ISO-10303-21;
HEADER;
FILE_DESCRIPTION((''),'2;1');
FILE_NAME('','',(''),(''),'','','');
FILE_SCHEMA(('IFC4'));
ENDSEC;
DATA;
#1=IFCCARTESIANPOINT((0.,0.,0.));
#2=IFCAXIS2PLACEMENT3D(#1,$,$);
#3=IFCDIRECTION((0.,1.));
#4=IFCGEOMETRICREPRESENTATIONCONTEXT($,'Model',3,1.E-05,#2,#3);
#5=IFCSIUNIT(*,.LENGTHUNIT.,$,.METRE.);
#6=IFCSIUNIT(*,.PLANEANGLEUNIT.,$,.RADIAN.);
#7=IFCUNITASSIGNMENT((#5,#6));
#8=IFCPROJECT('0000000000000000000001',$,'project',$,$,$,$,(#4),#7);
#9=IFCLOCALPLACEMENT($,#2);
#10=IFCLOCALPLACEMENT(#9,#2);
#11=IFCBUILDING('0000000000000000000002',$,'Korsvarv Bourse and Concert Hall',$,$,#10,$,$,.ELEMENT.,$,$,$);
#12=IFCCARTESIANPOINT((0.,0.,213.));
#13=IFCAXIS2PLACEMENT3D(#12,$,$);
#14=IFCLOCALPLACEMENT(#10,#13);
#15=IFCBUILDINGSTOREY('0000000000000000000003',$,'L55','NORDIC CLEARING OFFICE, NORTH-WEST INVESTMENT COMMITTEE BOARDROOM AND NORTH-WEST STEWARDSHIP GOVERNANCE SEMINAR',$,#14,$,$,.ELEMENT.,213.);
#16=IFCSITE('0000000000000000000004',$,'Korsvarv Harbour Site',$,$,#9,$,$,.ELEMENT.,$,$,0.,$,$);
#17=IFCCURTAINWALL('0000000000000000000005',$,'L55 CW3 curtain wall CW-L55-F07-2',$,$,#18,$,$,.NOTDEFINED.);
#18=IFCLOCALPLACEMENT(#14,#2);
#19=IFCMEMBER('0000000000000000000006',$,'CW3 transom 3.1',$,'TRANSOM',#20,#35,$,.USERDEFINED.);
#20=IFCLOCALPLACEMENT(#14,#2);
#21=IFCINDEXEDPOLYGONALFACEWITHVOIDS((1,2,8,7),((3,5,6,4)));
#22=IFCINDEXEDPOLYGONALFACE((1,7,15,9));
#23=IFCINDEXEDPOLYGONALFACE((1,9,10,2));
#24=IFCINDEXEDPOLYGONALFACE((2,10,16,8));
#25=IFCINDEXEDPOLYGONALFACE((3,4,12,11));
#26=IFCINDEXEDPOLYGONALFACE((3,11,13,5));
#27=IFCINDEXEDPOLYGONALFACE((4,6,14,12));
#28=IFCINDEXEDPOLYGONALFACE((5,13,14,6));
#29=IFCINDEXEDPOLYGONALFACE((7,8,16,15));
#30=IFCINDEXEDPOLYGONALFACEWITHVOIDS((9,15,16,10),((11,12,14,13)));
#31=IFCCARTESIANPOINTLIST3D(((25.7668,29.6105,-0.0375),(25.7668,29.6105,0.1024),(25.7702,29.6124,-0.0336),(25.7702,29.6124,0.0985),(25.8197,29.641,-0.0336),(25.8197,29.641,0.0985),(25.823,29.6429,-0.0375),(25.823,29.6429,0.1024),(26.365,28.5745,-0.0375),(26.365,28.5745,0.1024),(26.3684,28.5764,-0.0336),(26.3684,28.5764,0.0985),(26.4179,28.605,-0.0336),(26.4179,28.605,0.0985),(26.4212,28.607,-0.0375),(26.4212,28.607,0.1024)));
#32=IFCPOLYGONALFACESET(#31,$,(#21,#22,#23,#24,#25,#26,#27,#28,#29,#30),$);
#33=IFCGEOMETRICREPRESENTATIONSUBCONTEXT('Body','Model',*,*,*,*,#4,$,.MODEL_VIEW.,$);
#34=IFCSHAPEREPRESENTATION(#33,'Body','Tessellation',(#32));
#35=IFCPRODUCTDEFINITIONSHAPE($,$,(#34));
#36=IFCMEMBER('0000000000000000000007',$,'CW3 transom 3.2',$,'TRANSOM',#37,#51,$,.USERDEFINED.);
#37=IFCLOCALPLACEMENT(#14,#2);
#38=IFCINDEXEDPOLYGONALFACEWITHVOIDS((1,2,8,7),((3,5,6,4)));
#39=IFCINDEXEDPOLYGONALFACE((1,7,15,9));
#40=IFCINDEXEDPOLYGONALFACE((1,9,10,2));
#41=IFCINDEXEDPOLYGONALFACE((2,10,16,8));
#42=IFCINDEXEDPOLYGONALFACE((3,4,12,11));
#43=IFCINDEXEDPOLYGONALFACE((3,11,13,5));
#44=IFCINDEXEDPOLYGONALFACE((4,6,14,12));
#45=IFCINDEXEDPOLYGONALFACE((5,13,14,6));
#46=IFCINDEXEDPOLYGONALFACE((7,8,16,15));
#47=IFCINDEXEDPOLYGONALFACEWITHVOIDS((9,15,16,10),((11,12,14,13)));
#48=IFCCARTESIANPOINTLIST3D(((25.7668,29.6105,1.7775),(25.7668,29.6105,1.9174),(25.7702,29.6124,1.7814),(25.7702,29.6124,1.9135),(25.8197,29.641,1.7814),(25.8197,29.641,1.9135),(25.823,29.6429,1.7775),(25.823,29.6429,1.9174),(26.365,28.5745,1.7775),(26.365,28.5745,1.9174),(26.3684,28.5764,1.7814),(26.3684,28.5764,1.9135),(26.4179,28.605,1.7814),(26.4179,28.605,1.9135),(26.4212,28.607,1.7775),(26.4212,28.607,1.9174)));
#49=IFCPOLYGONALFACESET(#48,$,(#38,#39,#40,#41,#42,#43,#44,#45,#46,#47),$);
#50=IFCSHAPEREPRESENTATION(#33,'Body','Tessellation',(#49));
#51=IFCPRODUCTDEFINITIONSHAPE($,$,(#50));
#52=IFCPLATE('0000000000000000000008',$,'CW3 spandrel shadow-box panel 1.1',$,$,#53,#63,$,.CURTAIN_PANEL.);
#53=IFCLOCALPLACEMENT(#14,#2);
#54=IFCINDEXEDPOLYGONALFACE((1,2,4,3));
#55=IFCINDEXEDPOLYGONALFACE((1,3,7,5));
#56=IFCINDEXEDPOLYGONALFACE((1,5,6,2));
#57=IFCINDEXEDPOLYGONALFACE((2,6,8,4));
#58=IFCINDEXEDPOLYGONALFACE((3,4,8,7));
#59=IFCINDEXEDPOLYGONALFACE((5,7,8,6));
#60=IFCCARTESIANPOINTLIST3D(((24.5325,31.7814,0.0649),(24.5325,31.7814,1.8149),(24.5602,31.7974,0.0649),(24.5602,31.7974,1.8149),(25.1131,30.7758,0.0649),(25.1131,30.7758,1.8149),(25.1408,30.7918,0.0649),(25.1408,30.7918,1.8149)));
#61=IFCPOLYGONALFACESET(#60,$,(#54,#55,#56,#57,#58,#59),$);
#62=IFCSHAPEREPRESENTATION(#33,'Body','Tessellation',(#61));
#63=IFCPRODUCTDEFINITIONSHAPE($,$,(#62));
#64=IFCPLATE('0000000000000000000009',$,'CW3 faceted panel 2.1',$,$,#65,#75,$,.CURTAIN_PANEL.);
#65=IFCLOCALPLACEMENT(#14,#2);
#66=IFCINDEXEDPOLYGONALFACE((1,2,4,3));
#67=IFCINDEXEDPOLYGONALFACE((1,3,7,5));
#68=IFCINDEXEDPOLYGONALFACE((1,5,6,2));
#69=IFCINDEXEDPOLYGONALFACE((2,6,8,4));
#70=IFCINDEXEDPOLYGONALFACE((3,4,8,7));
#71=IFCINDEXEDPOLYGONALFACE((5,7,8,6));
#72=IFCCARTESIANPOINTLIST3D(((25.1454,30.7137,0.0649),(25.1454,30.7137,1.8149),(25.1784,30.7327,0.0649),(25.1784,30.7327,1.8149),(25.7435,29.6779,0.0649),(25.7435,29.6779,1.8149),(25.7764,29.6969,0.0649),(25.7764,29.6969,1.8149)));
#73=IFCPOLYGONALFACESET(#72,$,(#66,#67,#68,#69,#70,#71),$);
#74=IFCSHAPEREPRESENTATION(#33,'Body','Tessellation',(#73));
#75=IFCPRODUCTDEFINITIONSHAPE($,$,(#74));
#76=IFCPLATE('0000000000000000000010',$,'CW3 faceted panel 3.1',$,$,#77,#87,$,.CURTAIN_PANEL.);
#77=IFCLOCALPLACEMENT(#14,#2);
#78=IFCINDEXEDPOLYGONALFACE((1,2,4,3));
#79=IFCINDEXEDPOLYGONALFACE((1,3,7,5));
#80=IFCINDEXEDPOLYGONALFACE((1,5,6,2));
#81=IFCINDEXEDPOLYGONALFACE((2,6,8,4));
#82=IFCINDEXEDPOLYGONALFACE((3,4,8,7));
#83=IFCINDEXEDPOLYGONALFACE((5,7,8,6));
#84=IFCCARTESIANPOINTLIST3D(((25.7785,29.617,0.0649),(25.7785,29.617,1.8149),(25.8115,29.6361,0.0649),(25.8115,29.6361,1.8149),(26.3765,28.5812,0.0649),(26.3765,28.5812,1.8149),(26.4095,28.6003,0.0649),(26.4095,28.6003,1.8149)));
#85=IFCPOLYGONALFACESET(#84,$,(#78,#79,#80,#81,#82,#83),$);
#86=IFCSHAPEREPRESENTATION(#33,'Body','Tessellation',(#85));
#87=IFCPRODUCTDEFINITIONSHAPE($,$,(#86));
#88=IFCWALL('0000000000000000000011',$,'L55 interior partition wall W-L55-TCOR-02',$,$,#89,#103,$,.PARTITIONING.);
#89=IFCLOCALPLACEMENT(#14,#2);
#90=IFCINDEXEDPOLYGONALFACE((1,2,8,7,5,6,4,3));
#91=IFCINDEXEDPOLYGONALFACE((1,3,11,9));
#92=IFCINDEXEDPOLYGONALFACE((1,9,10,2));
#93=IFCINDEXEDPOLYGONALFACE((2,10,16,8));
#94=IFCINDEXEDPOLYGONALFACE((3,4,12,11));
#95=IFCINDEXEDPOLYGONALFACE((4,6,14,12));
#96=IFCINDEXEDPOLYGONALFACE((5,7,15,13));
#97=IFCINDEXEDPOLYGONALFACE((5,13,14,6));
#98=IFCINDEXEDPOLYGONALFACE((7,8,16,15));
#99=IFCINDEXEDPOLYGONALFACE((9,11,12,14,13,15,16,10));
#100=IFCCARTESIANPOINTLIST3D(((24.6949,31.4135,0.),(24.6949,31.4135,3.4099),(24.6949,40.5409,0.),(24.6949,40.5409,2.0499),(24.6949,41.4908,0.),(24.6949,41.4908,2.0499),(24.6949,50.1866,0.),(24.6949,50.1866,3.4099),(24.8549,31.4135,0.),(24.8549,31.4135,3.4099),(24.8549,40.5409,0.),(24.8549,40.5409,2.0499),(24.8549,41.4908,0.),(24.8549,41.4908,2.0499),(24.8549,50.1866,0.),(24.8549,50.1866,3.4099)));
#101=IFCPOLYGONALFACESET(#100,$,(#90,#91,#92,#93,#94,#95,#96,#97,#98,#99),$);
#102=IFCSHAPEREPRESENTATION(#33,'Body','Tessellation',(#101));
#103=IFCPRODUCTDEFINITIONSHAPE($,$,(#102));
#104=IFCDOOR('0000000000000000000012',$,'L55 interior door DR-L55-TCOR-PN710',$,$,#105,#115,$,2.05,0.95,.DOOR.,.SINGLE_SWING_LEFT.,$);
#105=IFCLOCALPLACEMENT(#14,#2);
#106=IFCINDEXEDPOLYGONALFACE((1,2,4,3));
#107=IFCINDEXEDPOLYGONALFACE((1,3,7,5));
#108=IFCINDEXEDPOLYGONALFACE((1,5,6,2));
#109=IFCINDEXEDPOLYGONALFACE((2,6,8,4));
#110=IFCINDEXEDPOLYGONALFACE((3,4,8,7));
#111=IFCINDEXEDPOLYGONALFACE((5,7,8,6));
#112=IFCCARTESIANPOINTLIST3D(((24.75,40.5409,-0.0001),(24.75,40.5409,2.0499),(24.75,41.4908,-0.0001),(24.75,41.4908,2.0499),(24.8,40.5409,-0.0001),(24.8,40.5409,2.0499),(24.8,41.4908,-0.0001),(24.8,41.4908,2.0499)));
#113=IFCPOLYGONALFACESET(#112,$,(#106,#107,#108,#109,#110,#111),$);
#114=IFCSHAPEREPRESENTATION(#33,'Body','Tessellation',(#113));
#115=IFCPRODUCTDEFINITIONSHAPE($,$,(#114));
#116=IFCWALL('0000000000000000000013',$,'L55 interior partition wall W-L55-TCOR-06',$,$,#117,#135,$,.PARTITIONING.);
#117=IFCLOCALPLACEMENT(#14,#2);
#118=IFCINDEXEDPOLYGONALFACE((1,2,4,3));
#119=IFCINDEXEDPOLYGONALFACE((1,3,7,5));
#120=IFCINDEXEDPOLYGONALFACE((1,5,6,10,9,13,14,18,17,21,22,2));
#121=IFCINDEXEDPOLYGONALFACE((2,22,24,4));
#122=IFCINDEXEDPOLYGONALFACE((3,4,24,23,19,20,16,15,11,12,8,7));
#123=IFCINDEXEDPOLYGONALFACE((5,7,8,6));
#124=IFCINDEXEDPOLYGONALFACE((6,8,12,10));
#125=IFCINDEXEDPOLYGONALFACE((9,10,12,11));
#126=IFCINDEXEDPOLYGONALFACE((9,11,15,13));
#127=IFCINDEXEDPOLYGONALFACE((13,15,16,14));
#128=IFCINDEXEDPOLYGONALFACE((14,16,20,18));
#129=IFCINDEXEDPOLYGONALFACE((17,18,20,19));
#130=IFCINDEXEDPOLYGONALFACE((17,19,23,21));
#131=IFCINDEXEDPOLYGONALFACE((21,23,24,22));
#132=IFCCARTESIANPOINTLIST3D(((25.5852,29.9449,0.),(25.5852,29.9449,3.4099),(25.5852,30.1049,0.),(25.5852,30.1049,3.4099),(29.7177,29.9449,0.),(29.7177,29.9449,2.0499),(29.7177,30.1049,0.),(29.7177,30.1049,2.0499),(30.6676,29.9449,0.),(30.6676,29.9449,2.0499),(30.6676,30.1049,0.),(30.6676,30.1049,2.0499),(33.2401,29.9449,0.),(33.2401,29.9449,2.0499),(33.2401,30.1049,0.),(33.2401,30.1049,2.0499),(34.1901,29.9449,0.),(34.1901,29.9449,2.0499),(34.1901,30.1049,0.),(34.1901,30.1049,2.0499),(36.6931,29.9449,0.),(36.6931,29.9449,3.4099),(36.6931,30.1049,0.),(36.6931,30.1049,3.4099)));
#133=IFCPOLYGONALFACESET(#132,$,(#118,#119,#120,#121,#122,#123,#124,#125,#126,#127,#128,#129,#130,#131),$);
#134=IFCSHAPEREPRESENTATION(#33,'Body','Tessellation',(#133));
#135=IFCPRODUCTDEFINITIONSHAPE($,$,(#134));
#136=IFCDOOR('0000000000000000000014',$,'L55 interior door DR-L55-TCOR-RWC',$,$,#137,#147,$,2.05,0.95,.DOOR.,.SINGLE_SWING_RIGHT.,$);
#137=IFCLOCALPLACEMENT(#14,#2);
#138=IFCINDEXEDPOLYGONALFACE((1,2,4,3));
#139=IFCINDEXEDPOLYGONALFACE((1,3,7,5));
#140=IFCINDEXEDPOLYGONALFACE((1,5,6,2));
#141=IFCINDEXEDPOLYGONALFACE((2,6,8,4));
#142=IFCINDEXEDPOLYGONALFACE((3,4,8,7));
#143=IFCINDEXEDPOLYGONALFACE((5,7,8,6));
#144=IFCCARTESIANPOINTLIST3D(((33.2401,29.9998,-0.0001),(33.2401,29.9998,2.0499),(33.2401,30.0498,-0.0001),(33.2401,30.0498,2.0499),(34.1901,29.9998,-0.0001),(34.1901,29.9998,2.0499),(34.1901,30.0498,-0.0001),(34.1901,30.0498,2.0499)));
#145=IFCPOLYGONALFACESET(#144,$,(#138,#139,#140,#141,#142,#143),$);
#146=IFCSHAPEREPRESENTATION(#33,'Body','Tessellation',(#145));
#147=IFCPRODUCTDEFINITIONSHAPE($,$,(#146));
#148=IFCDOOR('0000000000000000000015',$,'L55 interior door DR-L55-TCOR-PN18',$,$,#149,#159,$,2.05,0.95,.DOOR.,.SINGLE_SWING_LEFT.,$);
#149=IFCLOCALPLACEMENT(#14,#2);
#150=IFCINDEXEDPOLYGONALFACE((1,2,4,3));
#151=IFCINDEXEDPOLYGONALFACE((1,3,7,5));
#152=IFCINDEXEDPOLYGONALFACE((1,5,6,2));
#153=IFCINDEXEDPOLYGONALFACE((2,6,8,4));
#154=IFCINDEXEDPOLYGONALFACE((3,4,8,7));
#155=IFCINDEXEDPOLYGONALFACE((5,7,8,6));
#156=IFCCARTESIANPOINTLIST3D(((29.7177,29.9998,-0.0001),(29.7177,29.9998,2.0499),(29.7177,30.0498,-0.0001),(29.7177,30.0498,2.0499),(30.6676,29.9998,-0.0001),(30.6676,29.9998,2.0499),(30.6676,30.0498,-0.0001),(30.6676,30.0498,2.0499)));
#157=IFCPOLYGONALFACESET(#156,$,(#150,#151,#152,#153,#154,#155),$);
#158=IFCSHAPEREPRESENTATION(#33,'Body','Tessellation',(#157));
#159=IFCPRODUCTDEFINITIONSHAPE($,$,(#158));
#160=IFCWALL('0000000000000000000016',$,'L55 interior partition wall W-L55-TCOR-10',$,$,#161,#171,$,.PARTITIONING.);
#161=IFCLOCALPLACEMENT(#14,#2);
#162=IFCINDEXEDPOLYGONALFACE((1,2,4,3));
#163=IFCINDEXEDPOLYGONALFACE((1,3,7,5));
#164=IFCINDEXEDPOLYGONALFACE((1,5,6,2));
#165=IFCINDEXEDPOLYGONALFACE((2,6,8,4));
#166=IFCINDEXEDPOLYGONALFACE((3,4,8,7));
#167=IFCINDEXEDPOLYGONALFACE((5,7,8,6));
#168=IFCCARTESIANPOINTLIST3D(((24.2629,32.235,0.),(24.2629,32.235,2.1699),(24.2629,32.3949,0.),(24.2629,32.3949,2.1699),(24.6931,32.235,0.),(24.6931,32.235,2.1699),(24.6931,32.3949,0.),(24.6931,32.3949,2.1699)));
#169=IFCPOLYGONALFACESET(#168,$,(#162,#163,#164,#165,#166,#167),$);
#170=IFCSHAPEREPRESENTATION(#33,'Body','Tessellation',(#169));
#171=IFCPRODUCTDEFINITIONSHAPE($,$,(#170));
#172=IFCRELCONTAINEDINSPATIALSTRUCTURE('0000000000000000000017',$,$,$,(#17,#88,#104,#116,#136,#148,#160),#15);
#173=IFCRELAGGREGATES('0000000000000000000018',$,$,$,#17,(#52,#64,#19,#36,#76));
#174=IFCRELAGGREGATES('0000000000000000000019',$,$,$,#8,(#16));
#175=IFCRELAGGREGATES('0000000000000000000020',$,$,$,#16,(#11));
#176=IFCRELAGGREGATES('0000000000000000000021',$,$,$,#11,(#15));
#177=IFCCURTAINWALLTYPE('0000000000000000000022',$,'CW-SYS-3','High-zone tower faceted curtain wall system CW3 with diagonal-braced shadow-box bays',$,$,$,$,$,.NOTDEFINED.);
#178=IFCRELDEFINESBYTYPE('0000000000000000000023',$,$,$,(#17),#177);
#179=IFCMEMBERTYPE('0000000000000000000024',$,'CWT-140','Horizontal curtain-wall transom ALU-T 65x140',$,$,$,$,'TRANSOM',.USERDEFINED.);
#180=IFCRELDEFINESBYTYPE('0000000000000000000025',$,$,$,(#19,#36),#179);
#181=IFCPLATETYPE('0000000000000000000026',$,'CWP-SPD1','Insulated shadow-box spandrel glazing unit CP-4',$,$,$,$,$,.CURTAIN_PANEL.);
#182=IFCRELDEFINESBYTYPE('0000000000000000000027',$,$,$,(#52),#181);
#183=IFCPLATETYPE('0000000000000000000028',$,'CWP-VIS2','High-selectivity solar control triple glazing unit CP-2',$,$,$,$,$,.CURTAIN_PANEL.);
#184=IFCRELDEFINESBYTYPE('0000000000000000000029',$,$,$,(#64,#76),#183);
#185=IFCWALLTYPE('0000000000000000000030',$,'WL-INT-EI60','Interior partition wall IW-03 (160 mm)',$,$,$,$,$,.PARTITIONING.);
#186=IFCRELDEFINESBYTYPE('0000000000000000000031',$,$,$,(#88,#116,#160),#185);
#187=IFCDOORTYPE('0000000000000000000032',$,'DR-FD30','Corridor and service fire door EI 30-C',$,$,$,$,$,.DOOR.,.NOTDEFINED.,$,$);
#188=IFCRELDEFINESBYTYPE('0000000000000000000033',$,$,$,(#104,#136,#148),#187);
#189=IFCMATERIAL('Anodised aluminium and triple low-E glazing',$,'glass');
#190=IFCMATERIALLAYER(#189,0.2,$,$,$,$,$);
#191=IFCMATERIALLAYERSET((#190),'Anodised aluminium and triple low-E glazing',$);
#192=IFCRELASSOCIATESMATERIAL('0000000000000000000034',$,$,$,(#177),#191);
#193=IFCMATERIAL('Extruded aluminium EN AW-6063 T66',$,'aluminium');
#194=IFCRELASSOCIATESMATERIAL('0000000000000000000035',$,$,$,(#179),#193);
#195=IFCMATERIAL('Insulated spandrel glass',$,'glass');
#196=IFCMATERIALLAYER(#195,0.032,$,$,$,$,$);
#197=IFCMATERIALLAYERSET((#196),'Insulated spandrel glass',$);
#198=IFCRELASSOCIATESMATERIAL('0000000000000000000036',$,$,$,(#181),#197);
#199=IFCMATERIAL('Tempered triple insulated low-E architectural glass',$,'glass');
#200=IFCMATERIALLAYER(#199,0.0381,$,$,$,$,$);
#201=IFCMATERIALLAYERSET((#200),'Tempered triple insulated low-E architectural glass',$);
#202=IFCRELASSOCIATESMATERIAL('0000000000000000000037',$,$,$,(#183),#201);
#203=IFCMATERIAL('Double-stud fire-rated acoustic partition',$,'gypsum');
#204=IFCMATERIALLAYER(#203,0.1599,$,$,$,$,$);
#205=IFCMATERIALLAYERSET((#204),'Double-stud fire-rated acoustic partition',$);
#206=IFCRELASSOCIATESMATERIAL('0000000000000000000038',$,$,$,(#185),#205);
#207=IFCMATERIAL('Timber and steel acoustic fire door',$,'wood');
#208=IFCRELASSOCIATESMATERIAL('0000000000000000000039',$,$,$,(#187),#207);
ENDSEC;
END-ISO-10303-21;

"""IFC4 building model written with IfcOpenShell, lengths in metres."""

from ifc_helpers import new_model, si_unit, direction, frame, frame_2d, origin, origin_2d, place, context, subcontext, project, spatial, rectangle, hollow_rectangle, extrude, source, transform, mapped, material, layer, layer_set, material_profile, profile_set, type_object, element, fill, aggregate, save


model = new_model("IFC4")

# Units and contexts
model_context = context("Model", 3, precision=1e-05, world=origin(), true_north=direction((0.0, 1.0)))
body_context = subcontext(model_context, "Body", "Model", "MODEL_VIEW")
ifc_project = project(units=[si_unit("LENGTHUNIT", "METRE"), si_unit("PLANEANGLEUNIT", "RADIAN")], contexts=[model_context])

# Site, building, storey
site_placement = place(None, origin())
site = spatial("IfcSite", under=ifc_project, at=site_placement, Name="Korsvarv Harbour Site", CompositionType="ELEMENT", RefElevation=0.0)
building_placement = place(site_placement, origin())
building = spatial("IfcBuilding", under=site, at=building_placement, Name="Korsvarv Bourse and Concert Hall", CompositionType="ELEMENT")
storey_placement = place(building_placement, frame((0.0, 0.0, 213.0)))
storey = spatial("IfcBuildingStorey", under=building, at=storey_placement, Name="L55", Description="NORDIC CLEARING OFFICE, NORTH-WEST INVESTMENT COMMITTEE BOARDROOM AND NORTH-WEST STEWARDSHIP GOVERNANCE SEMINAR", CompositionType="ELEMENT", Elevation=213.0)

# Curtain wall, members, plates
ifc_material_1 = material(Name="Anodised aluminium and triple low-E glazing", Category="glass")
ifc_layer_1 = layer(ifc_material_1, 0.2)
ifc_layer_set_1 = layer_set([ifc_layer_1], Name="Anodised aluminium and triple low-E glazing")
curtain_wall_type = type_object("IfcCurtainWallType", Name="CW-SYS-3", Description="High-zone tower faceted curtain wall system CW3 with diagonal-braced shadow-box bays", PredefinedType="NOTDEFINED", material=ifc_layer_set_1)
curtain_wall_placement = place(storey_placement, origin())
curtain_wall = element("IfcCurtainWall", 1, at=curtain_wall_placement, inside=storey, type_object=curtain_wall_type, Name="L55 CW3 curtain wall CW-L55-F07-2", PredefinedType="NOTDEFINED")
ifc_material_2 = material(Name="Extruded aluminium EN AW-6063 T66", Category="aluminium")
ifc_material_profile_1 = material_profile(ifc_material_2, hollow_rectangle(XDim=0.0649, YDim=0.1399, WallThickness=0.0039, at=origin_2d()), Name="ALU-T 65x140")
ifc_profile_set_1 = profile_set([ifc_material_profile_1], Name="Extruded aluminium EN AW-6063 T66")
member_type_1 = type_object("IfcMemberType", Name="CWT-140", Description="Horizontal curtain-wall transom ALU-T 65x140", ElementType="TRANSOM", PredefinedType="USERDEFINED", material=ifc_profile_set_1)
shared_shape_1 = source(origin(), body_context, "Body", "SweptSolid", [
    extrude(hollow_rectangle(XDim=0.0649, YDim=0.1399, WallThickness=0.0039, at=origin_2d()), origin(), (0.0, 0.0, 1.0), 1.1963),
])
member_1_placement = place(storey_placement, frame((25.7949, 29.6267, 0.0325), z_axis=(0.500046, -0.865999, 0.0), x_axis=(0.865999, 0.500046, 0.0)))
member_1 = element("IfcMember", 2, at=member_1_placement, type_object=member_type_1, Name="CW3 transom 3.1", ObjectType="TRANSOM", PredefinedType="USERDEFINED", context=body_context, shape_type="MappedRepresentation", body=[
    mapped(shared_shape_1, transform((0.0, 0.0, 0.0), scale=1.0)),
])
member_2_placement = place(storey_placement, frame((25.7949, 29.6267, 1.8474), z_axis=(0.500046, -0.865999, 0.0), x_axis=(0.865999, 0.500046, 0.0)))
member_2 = element("IfcMember", 3, at=member_2_placement, type_object=member_type_1, Name="CW3 transom 3.2", ObjectType="TRANSOM", PredefinedType="USERDEFINED", context=body_context, shape_type="MappedRepresentation", body=[
    mapped(shared_shape_1, transform((0.0, 0.0, 0.0), scale=1.0)),
])
ifc_material_3 = material(Name="Insulated spandrel glass", Category="glass")
ifc_layer_2 = layer(ifc_material_3, 0.032)
ifc_layer_set_2 = layer_set([ifc_layer_2], Name="Insulated spandrel glass")
plate_type_1 = type_object("IfcPlateType", Name="CWP-SPD1", Description="Insulated shadow-box spandrel glazing unit CP-4", PredefinedType="CURTAIN_PANEL", material=ifc_layer_set_2)
shared_shape_2 = source(origin(), body_context, "Body", "SweptSolid", [
    extrude(rectangle(XDim=1.1611, YDim=0.032, at=origin_2d()), origin(), (0.0, 0.0, 1.0), 1.75),
])
plate_1_placement = place(storey_placement, frame((24.8367, 31.2866, 0.0649), z_axis=(0.0, 0.0, 1.0), x_axis=(0.499999, -0.866026, 0.0)))
plate_1 = element("IfcPlate", 4, at=plate_1_placement, type_object=plate_type_1, Name="CW3 spandrel shadow-box panel 1.1", PredefinedType="CURTAIN_PANEL", context=body_context, shape_type="MappedRepresentation", body=[
    mapped(shared_shape_2, transform((0.0, 0.0, 0.0), scale=1.0)),
])
ifc_material_4 = material(Name="Tempered triple insulated low-E architectural glass", Category="glass")
ifc_layer_3 = layer(ifc_material_4, 0.0381)
ifc_layer_set_3 = layer_set([ifc_layer_3], Name="Tempered triple insulated low-E architectural glass")
plate_type_2 = type_object("IfcPlateType", Name="CWP-VIS2", Description="High-selectivity solar control triple glazing unit CP-2", PredefinedType="CURTAIN_PANEL", material=ifc_layer_set_3)
shared_shape_3 = source(origin(), body_context, "Body", "SweptSolid", [
    extrude(rectangle(XDim=1.196, YDim=0.0381, at=origin_2d()), origin(), (0.0, 0.0, 1.0), 1.75),
])
plate_2_placement = place(storey_placement, frame((25.4609, 30.2053, 0.0649), z_axis=(0.0, 0.0, 1.0), x_axis=(0.499999, -0.866026, 0.0)))
plate_2 = element("IfcPlate", 5, at=plate_2_placement, type_object=plate_type_2, Name="CW3 faceted panel 2.1", PredefinedType="CURTAIN_PANEL", context=body_context, shape_type="MappedRepresentation", body=[
    mapped(shared_shape_3, transform((0.0, 0.0, 0.0), scale=1.0)),
])
plate_3_placement = place(storey_placement, frame((26.094, 29.1086, 0.0649), z_axis=(0.0, 0.0, 1.0), x_axis=(0.499999, -0.866026, 0.0)))
plate_3 = element("IfcPlate", 6, at=plate_3_placement, type_object=plate_type_2, Name="CW3 faceted panel 3.1", PredefinedType="CURTAIN_PANEL", context=body_context, shape_type="MappedRepresentation", body=[
    mapped(shared_shape_3, transform((0.0, 0.0, 0.0), scale=1.0)),
])
aggregate(curtain_wall, [plate_1, plate_2, member_1, member_2, plate_3])

# Wall, opening, door
ifc_material_5 = material(Name="Double-stud fire-rated acoustic partition", Category="gypsum")
ifc_layer_4 = layer(ifc_material_5, 0.1599)
ifc_layer_set_4 = layer_set([ifc_layer_4], Name="Double-stud fire-rated acoustic partition")
wall_type = type_object("IfcWallType", Name="WL-INT-EI60", Description="Interior partition wall IW-03 (160 mm)", PredefinedType="PARTITIONING", material=ifc_layer_set_4)
wall_1_placement = place(storey_placement, frame((24.7749, 31.4133, 0.0), z_axis=(0.0, 0.0, 1.0), x_axis=(0.0, 1.0, 0.0)))
wall_1 = element("IfcWall", 7, at=wall_1_placement, inside=storey, type_object=wall_type, Name="L55 interior partition wall W-L55-TCOR-02", PredefinedType="PARTITIONING", context=body_context, shape_type="SweptSolid", body=[
    extrude(rectangle(XDim=18.7732, YDim=0.1599, at=frame_2d((9.3867, 0.0))), origin(), (0.0, 0.0, 1.0), 3.4099),
])
opening_1_placement = place(wall_1_placement, frame((9.1274, 0.0, 0.0)))
opening_1 = element("IfcOpeningElement", 8, at=opening_1_placement, cuts=wall_1, PredefinedType="OPENING", context=body_context, shape_type="SweptSolid", body=[
    extrude(rectangle(XDim=0.95, YDim=2.05, at=frame_2d((0.4751, 1.0249))), frame((0.0, 0.0898, 0.0), z_axis=(0.0, -1.0, 0.0), x_axis=(1.0, 0.0, 0.0)), (0.0, 0.0, 1.0), 0.1799),
])
ifc_material_6 = material(Name="Timber and steel acoustic fire door", Category="wood")
door_type = type_object("IfcDoorType", Name="DR-FD30", Description="Corridor and service fire door EI 30-C", OperationType="NOTDEFINED", PredefinedType="DOOR", material=ifc_material_6)
door_1_placement = place(opening_1_placement, origin())
door_1 = element("IfcDoor", 9, at=door_1_placement, inside=storey, type_object=door_type, Name="L55 interior door DR-L55-TCOR-PN710", OperationType="SINGLE_SWING_LEFT", OverallHeight=2.05, OverallWidth=0.95, PredefinedType="DOOR", context=body_context, shape_type="SweptSolid", body=[
    extrude(rectangle(XDim=0.95, YDim=2.05, at=frame_2d((0.4751, 1.0249))), frame((0.0, 0.0249, 0.0), z_axis=(0.0, -1.0, 0.0), x_axis=(1.0, 0.0, 0.0)), (0.0, 0.0, 1.0), 0.05),
])
fill(opening_1, door_1)

# Wall, openings, doors
wall_2_placement = place(storey_placement, frame((25.5852, 30.0249, 0.0), z_axis=(0.0, 0.0, 1.0), x_axis=(1.0, 0.0, 0.0)))
wall_2 = element("IfcWall", 10, at=wall_2_placement, inside=storey, type_object=wall_type, Name="L55 interior partition wall W-L55-TCOR-06", PredefinedType="PARTITIONING", context=body_context, shape_type="SweptSolid", body=[
    extrude(rectangle(XDim=11.1079, YDim=0.1599, at=frame_2d((5.554, 0.0))), origin(), (0.0, 0.0, 1.0), 3.4099),
])
opening_2_placement = place(wall_2_placement, frame((7.6548, 0.0, 0.0)))
opening_2 = element("IfcOpeningElement", 11, at=opening_2_placement, cuts=wall_2, PredefinedType="OPENING", context=body_context, shape_type="SweptSolid", body=[
    extrude(rectangle(XDim=0.95, YDim=2.05, at=frame_2d((0.4751, 1.0249))), frame((0.0, 0.0898, 0.0), z_axis=(0.0, -1.0, 0.0), x_axis=(1.0, 0.0, 0.0)), (0.0, 0.0, 1.0), 0.1799),
])
opening_3_placement = place(wall_2_placement, frame((4.1323, 0.0, 0.0)))
opening_3 = element("IfcOpeningElement", 12, at=opening_3_placement, cuts=wall_2, PredefinedType="OPENING", context=body_context, shape_type="SweptSolid", body=[
    extrude(rectangle(XDim=0.95, YDim=2.05, at=frame_2d((0.4751, 1.0249))), frame((0.0, 0.0898, 0.0), z_axis=(0.0, -1.0, 0.0), x_axis=(1.0, 0.0, 0.0)), (0.0, 0.0, 1.0), 0.1799),
])
door_2_placement = place(opening_2_placement, origin())
door_2 = element("IfcDoor", 13, at=door_2_placement, inside=storey, type_object=door_type, Name="L55 interior door DR-L55-TCOR-RWC", OperationType="SINGLE_SWING_RIGHT", OverallHeight=2.05, OverallWidth=0.95, PredefinedType="DOOR", context=body_context, shape_type="SweptSolid", body=[
    extrude(rectangle(XDim=0.95, YDim=2.05, at=frame_2d((0.4751, 1.0249))), frame((0.0, 0.0249, 0.0), z_axis=(0.0, -1.0, 0.0), x_axis=(1.0, 0.0, 0.0)), (0.0, 0.0, 1.0), 0.05),
])
fill(opening_2, door_2)
door_3_placement = place(opening_3_placement, origin())
door_3 = element("IfcDoor", 14, at=door_3_placement, inside=storey, type_object=door_type, Name="L55 interior door DR-L55-TCOR-PN18", OperationType="SINGLE_SWING_LEFT", OverallHeight=2.05, OverallWidth=0.95, PredefinedType="DOOR", context=body_context, shape_type="SweptSolid", body=[
    extrude(rectangle(XDim=0.95, YDim=2.05, at=frame_2d((0.4751, 1.0249))), frame((0.0, 0.0249, 0.0), z_axis=(0.0, -1.0, 0.0), x_axis=(1.0, 0.0, 0.0)), (0.0, 0.0, 1.0), 0.05),
])
fill(opening_3, door_3)

# Wall
wall_3_placement = place(storey_placement, frame((24.2629, 32.3149, 0.0), z_axis=(0.0, 0.0, 1.0), x_axis=(1.0, 0.0, 0.0)))
element("IfcWall", 15, at=wall_3_placement, inside=storey, type_object=wall_type, Name="L55 interior partition wall W-L55-TCOR-10", PredefinedType="PARTITIONING", context=body_context, shape_type="SweptSolid", body=[
    extrude(rectangle(XDim=0.4302, YDim=0.1599, at=frame_2d((0.2151, 0.0))), origin(), (0.0, 0.0, 1.0), 2.1699),
])

save(model, "model.ifc")
